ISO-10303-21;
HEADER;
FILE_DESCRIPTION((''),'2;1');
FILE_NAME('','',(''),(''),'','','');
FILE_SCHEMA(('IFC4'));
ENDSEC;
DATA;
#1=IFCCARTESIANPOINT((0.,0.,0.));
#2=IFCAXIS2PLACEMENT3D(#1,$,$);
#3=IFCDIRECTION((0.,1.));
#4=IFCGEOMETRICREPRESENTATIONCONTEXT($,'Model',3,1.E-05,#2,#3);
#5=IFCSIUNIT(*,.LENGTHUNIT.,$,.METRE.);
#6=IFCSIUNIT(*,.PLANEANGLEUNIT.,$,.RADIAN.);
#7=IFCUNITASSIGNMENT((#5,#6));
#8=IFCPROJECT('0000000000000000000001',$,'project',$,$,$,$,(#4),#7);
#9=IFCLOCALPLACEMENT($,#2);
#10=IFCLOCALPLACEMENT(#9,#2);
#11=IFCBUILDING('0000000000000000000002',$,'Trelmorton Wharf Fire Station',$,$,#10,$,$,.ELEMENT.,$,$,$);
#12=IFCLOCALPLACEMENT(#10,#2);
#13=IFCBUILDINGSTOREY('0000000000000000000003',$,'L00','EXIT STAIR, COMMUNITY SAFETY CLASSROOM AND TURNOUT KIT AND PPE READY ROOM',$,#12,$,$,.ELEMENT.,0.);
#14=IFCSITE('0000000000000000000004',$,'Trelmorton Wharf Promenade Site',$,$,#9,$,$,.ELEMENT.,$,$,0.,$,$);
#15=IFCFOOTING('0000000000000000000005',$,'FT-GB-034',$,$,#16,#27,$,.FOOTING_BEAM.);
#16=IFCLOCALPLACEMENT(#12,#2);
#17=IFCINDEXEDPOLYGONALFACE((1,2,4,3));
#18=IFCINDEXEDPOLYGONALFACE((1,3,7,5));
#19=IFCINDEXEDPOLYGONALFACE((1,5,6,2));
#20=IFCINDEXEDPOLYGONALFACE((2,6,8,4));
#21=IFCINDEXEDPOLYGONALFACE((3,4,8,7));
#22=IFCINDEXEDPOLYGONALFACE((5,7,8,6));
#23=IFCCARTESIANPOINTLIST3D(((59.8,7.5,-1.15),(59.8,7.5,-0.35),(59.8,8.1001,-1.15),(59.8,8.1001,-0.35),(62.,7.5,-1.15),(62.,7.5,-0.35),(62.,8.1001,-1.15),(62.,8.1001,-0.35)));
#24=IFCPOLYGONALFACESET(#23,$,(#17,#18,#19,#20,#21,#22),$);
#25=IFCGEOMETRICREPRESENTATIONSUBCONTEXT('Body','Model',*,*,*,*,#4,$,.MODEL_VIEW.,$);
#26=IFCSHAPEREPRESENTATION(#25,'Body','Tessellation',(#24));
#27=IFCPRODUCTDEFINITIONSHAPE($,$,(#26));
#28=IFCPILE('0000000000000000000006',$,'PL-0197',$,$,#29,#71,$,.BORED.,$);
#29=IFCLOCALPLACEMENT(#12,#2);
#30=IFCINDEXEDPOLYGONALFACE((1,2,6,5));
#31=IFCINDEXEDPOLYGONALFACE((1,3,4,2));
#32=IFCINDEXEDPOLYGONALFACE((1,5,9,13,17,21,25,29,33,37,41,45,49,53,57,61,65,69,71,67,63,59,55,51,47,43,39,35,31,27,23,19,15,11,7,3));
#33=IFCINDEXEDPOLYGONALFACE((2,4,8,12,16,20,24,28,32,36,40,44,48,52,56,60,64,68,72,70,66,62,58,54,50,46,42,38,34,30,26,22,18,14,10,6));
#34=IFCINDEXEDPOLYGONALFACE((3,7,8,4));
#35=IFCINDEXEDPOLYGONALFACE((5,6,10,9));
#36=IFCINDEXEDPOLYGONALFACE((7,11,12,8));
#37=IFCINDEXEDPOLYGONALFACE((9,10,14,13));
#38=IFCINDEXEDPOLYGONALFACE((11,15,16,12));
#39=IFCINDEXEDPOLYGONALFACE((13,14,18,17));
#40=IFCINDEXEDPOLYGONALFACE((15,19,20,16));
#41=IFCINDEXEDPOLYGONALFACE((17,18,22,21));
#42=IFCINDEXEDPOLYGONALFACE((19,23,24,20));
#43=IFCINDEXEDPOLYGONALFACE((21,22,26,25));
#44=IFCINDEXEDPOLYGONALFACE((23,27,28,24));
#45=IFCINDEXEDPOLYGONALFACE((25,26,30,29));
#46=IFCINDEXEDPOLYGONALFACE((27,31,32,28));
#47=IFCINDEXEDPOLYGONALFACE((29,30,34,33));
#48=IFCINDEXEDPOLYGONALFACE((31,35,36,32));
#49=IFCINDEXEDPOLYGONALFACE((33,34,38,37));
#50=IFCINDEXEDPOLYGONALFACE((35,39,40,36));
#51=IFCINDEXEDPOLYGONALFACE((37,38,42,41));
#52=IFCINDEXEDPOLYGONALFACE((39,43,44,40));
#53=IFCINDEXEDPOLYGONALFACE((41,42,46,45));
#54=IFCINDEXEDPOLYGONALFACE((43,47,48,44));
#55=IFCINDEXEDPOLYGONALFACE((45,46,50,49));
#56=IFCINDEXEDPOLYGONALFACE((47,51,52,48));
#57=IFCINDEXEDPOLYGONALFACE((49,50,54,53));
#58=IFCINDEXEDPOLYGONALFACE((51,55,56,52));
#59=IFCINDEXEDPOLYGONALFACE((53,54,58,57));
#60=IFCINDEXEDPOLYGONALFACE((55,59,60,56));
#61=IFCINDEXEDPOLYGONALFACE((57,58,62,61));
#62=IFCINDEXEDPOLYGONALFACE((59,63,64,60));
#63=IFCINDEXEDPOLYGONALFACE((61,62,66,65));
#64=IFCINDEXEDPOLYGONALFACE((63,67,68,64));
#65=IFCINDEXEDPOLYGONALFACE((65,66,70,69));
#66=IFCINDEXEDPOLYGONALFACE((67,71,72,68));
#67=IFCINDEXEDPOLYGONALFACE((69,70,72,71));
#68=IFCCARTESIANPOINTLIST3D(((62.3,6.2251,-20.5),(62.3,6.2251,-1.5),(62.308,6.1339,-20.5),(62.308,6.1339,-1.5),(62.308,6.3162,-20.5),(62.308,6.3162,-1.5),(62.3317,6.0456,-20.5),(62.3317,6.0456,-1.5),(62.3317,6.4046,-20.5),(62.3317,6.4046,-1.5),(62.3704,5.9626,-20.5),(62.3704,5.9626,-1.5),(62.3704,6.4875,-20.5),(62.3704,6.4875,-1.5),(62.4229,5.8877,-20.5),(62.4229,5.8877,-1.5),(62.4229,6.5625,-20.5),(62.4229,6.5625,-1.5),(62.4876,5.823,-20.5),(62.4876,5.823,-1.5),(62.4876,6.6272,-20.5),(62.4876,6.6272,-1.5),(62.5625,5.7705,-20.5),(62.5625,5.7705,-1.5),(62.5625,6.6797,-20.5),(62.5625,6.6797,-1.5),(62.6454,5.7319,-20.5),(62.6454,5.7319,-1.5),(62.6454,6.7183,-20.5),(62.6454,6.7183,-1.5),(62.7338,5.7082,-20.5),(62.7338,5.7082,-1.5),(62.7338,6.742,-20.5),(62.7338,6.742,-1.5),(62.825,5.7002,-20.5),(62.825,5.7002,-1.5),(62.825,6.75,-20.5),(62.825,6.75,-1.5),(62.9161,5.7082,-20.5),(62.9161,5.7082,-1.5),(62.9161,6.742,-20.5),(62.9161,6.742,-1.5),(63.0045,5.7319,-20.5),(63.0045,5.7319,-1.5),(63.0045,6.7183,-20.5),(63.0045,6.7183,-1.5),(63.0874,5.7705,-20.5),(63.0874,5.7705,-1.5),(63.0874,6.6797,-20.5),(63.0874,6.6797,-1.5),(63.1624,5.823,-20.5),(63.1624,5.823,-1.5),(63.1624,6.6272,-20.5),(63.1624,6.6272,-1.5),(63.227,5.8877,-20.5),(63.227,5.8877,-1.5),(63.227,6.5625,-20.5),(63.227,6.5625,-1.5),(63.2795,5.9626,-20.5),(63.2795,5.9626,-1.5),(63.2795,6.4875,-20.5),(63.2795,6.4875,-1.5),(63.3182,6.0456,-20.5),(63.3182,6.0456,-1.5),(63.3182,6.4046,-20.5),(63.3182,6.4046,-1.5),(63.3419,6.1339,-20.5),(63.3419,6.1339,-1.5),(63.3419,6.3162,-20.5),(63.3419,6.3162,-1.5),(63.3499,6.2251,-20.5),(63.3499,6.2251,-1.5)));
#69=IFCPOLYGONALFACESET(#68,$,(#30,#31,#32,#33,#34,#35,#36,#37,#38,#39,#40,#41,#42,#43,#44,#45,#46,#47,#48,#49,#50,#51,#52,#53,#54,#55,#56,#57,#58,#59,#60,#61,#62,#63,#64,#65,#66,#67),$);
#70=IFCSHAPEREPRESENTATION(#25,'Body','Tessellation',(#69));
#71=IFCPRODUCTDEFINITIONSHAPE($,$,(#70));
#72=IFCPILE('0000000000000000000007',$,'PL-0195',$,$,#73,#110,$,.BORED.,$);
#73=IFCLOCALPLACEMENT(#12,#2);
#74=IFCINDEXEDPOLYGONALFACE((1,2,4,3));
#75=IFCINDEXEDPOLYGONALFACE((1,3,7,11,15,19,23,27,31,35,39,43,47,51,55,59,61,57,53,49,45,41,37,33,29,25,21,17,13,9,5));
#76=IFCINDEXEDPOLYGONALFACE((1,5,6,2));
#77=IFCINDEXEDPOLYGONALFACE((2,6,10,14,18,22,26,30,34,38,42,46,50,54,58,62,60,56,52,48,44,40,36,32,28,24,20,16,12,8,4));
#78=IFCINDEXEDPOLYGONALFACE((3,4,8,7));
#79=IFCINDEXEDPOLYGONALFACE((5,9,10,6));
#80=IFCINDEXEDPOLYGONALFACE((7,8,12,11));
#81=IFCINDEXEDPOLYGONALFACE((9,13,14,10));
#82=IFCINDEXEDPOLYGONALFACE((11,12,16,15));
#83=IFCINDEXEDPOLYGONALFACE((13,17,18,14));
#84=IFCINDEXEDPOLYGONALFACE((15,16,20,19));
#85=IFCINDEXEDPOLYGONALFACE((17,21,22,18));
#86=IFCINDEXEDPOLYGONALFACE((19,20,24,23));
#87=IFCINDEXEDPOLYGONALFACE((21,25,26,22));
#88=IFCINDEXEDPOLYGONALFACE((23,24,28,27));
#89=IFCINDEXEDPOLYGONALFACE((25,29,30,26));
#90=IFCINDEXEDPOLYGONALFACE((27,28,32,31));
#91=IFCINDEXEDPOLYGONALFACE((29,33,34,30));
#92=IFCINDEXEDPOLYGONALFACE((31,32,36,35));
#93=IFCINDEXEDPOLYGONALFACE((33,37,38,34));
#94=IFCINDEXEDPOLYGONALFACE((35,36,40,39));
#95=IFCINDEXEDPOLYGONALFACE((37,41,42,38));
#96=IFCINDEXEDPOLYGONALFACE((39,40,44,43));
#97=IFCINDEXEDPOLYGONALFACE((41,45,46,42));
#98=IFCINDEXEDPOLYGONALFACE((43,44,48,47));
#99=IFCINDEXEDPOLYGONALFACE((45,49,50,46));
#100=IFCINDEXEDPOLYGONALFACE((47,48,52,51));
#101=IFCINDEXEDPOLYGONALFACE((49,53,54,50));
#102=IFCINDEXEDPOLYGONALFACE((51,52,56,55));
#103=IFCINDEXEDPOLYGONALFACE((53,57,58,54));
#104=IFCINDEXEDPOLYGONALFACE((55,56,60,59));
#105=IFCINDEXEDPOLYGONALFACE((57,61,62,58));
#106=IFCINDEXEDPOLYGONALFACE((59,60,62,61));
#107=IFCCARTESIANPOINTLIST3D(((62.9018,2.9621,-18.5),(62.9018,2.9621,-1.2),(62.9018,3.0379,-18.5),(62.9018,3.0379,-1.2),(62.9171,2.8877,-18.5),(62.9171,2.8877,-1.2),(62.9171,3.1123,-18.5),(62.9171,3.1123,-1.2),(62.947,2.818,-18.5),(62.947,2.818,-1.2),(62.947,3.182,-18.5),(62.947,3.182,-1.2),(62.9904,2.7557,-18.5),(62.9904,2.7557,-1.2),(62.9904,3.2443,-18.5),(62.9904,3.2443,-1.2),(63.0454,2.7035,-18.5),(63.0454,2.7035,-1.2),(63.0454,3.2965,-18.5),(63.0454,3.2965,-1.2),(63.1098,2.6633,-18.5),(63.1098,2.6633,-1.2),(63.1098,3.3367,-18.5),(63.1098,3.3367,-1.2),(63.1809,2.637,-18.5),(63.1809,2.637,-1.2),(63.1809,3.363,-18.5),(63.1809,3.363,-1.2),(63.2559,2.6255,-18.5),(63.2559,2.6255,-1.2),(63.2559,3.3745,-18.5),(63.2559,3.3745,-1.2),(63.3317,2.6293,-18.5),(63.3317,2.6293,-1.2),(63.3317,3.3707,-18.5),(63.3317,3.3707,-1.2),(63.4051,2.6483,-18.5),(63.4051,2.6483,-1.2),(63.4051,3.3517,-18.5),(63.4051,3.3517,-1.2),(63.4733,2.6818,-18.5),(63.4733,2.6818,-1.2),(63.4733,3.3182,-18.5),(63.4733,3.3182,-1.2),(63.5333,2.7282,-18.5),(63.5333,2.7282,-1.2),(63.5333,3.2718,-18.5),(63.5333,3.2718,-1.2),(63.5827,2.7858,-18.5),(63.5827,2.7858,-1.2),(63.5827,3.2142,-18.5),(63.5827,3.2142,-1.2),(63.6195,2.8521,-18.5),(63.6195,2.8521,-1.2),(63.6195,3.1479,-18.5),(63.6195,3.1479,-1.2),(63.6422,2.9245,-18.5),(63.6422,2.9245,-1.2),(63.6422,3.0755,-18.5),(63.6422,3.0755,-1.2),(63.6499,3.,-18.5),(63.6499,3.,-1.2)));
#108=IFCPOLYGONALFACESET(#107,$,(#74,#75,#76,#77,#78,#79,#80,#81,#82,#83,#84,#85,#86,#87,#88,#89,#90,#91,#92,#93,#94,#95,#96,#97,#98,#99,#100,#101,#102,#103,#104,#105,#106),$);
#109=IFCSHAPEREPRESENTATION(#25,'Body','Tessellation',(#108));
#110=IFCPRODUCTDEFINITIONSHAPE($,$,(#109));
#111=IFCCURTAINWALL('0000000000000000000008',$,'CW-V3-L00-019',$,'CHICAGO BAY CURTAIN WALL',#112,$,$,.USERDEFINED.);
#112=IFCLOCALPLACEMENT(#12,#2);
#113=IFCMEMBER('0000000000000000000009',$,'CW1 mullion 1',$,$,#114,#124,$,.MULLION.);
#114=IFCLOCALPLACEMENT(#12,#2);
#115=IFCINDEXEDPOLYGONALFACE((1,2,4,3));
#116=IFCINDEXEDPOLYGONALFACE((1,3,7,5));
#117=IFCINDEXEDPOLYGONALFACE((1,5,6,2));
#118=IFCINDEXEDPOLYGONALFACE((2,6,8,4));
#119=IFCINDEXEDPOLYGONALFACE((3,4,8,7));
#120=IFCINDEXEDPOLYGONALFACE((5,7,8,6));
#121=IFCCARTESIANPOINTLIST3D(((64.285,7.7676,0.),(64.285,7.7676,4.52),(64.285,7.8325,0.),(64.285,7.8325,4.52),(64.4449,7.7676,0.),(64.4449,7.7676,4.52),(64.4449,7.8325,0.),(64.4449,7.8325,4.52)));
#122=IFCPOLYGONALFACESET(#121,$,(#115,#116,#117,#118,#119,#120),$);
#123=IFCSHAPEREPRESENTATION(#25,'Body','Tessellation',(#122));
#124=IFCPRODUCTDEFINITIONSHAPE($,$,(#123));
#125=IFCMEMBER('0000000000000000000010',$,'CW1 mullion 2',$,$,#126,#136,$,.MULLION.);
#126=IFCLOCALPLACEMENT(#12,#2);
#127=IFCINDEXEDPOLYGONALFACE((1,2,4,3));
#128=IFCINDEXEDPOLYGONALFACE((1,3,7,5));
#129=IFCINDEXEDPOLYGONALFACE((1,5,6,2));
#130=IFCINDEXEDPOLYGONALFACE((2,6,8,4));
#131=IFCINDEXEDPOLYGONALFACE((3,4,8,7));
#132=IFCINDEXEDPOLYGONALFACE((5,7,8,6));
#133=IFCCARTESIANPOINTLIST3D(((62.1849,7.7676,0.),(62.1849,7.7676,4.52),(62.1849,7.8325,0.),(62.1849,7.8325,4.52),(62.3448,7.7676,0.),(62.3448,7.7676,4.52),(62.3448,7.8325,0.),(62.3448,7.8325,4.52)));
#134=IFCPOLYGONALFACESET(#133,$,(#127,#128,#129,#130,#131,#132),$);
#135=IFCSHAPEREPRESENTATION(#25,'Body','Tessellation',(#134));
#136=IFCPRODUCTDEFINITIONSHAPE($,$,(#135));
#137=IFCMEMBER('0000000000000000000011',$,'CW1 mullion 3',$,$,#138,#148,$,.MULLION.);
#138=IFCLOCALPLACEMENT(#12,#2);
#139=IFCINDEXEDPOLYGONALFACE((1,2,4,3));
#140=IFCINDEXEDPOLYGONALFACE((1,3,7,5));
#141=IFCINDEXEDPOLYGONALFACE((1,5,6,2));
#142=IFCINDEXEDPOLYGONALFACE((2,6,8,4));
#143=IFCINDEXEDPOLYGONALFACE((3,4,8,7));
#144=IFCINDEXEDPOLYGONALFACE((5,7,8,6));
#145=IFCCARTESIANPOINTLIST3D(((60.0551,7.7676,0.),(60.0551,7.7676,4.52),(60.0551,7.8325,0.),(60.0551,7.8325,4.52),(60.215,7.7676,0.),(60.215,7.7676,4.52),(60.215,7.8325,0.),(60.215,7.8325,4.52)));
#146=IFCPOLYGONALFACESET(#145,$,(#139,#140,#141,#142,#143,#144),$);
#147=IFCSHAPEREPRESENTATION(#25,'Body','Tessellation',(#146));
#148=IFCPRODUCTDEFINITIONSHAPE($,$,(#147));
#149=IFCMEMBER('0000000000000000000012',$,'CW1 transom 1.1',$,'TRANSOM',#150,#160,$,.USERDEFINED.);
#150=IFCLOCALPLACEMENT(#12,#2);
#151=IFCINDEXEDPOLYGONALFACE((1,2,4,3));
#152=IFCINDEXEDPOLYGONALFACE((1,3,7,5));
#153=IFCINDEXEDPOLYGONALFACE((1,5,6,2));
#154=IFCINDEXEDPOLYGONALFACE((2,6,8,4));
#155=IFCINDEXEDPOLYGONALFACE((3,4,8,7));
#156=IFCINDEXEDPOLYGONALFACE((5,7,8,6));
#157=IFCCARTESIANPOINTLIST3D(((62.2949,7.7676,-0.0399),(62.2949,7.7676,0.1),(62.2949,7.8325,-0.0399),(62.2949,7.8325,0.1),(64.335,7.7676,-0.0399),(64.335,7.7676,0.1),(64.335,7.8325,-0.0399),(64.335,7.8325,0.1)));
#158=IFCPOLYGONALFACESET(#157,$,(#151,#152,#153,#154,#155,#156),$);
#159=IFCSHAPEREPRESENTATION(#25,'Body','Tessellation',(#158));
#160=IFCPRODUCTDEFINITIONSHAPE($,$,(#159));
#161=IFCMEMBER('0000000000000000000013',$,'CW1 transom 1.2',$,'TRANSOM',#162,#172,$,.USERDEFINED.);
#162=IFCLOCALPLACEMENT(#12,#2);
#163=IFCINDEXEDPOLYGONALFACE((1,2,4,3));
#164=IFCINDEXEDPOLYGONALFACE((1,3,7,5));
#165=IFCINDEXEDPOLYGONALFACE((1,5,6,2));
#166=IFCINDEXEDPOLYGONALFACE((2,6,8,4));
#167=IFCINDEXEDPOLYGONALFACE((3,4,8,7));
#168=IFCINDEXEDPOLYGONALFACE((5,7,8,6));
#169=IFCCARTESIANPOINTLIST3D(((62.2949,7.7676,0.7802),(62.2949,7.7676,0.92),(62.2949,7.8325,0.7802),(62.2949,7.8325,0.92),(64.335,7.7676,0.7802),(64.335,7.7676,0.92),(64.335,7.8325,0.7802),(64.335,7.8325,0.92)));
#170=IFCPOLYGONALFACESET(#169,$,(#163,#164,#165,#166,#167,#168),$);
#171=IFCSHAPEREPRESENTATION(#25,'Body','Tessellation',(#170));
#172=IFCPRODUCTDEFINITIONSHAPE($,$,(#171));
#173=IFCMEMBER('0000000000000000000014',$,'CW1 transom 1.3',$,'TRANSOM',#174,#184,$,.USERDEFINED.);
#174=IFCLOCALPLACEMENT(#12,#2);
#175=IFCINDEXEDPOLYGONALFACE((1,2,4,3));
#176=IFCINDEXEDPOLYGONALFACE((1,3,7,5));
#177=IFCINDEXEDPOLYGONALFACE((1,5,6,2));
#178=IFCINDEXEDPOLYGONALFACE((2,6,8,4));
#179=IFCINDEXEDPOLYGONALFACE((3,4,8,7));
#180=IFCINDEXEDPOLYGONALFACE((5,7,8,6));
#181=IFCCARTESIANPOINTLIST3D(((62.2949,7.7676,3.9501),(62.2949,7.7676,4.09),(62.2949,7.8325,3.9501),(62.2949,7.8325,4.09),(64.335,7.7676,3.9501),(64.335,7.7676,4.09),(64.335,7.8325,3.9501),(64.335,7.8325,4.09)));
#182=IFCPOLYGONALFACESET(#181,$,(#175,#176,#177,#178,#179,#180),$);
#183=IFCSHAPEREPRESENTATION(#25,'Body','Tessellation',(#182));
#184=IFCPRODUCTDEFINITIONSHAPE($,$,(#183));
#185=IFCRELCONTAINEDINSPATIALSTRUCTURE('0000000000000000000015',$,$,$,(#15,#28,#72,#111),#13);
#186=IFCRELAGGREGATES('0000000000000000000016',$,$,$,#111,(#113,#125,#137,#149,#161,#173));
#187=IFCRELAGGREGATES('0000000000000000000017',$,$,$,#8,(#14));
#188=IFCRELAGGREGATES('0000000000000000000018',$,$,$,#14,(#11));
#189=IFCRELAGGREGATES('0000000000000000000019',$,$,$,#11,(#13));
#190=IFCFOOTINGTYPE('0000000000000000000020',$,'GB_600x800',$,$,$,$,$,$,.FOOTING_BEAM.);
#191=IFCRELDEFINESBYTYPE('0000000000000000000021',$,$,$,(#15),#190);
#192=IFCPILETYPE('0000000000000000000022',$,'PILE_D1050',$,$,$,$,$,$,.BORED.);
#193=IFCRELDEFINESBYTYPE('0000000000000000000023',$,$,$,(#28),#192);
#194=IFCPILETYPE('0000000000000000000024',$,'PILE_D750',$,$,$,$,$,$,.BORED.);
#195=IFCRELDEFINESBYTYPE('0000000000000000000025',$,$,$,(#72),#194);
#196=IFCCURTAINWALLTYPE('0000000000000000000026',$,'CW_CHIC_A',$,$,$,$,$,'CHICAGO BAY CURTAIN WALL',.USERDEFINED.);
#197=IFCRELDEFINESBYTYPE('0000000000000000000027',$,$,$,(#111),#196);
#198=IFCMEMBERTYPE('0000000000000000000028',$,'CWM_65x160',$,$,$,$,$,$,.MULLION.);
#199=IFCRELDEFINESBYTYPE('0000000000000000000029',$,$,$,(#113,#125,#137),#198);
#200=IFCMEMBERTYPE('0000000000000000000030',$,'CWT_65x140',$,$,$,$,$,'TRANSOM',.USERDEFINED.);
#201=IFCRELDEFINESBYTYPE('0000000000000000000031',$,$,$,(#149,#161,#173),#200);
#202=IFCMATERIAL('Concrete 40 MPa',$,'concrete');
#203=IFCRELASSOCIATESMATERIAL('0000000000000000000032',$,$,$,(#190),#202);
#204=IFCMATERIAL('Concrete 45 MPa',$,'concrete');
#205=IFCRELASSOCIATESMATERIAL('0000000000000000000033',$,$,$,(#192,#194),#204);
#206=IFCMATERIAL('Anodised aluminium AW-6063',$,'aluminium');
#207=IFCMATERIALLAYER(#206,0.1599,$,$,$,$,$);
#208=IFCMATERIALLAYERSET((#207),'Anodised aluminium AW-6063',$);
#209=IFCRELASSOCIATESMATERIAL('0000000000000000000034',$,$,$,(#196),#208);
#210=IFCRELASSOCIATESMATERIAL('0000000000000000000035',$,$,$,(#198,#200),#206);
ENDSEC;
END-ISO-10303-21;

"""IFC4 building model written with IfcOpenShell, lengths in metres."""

from ifc_helpers import new_model, si_unit, direction, frame, origin, origin_2d, place, context, subcontext, project, spatial, rectangle, circle, extrude, material, layer, layer_set, material_profile, profile_set, type_object, element, aggregate, save


model = new_model("IFC4")

# Units and contexts
model_context = context("Model", 3, precision=1e-05, world=origin(), true_north=direction((0.0, 1.0)))
body_context = subcontext(model_context, "Body", "Model", "MODEL_VIEW")
ifc_project = project(units=[si_unit("LENGTHUNIT", "METRE"), si_unit("PLANEANGLEUNIT", "RADIAN")], contexts=[model_context])

# Site, building, storey
site_placement = place(None, origin())
site = spatial("IfcSite", under=ifc_project, at=site_placement, Name="Trelmorton Wharf Promenade Site", CompositionType="ELEMENT", RefElevation=0.0)
building_placement = place(site_placement, origin())
building = spatial("IfcBuilding", under=site, at=building_placement, Name="Trelmorton Wharf Fire Station", CompositionType="ELEMENT")
storey_placement = place(building_placement, origin())
storey = spatial("IfcBuildingStorey", under=building, at=storey_placement, Name="L00", Description="EXIT STAIR, COMMUNITY SAFETY CLASSROOM AND TURNOUT KIT AND PPE READY ROOM", CompositionType="ELEMENT", Elevation=0.0)

# Footing
ifc_material_1 = material(Name="Concrete 40 MPa", Category="concrete")
ifc_material_profile_1 = material_profile(ifc_material_1, rectangle(XDim=0.6001, YDim=0.8, at=origin_2d()), Name="RC600x800")
ifc_profile_set_1 = profile_set([ifc_material_profile_1], Name="Concrete 40 MPa")
footing_type = type_object("IfcFootingType", Name="GB_600x800", PredefinedType="FOOTING_BEAM", material=ifc_profile_set_1)
footing_placement = place(storey_placement, frame((59.8, 7.8, -0.75), z_axis=(1.0, 0.0, 0.0), x_axis=(0.0, 1.0, 0.0)))
element("IfcFooting", 1, at=footing_placement, inside=storey, type_object=footing_type, Name="FT-GB-034", PredefinedType="FOOTING_BEAM", context=body_context, shape_type="SweptSolid", body=[
    extrude(rectangle(XDim=0.6001, YDim=0.8, at=origin_2d()), origin(), (0.0, 0.0, 1.0), 2.2),
])

# Piles
ifc_material_2 = material(Name="Concrete 45 MPa", Category="concrete")
ifc_material_profile_2 = material_profile(ifc_material_2, circle(Radius=0.5249, at=origin_2d()), Name="PILE-D1050")
ifc_profile_set_2 = profile_set([ifc_material_profile_2], Name="Concrete 45 MPa")
pile_type_1 = type_object("IfcPileType", Name="PILE_D1050", PredefinedType="BORED", material=ifc_profile_set_2)
pile_1_placement = place(storey_placement, frame((62.825, 6.2251, -1.5), z_axis=(0.0, 0.0, -1.0), x_axis=(1.0, 0.0, 0.0)))
element("IfcPile", 2, at=pile_1_placement, inside=storey, type_object=pile_type_1, Name="PL-0197", PredefinedType="BORED", context=body_context, shape_type="SweptSolid", body=[
    extrude(circle(Radius=0.5249, at=origin_2d()), origin(), (0.0, 0.0, 1.0), 19.0),
])
ifc_material_profile_3 = material_profile(ifc_material_2, circle(Radius=0.375, at=origin_2d()), Name="PILE-D750")
ifc_profile_set_3 = profile_set([ifc_material_profile_3], Name="Concrete 45 MPa")
pile_type_2 = type_object("IfcPileType", Name="PILE_D750", PredefinedType="BORED", material=ifc_profile_set_3)
pile_2_placement = place(storey_placement, frame((63.2749, 3.0, -1.2), z_axis=(0.0, 0.0, -1.0), x_axis=(1.0, 0.0, 0.0)))
element("IfcPile", 3, at=pile_2_placement, inside=storey, type_object=pile_type_2, Name="PL-0195", PredefinedType="BORED", context=body_context, shape_type="SweptSolid", body=[
    extrude(circle(Radius=0.375, at=origin_2d()), origin(), (0.0, 0.0, 1.0), 17.3),
])

# Curtain wall, members
ifc_material_3 = material(Name="Anodised aluminium AW-6063", Category="aluminium")
ifc_layer_1 = layer(ifc_material_3, 0.1599)
ifc_layer_set_1 = layer_set([ifc_layer_1], Name="Anodised aluminium AW-6063")
curtain_wall_type = type_object("IfcCurtainWallType", Name="CW_CHIC_A", ElementType="CHICAGO BAY CURTAIN WALL", PredefinedType="USERDEFINED", material=ifc_layer_set_1)
curtain_wall_placement = place(storey_placement, origin())
curtain_wall = element("IfcCurtainWall", 4, at=curtain_wall_placement, inside=storey, type_object=curtain_wall_type, Name="CW-V3-L00-019", ObjectType="CHICAGO BAY CURTAIN WALL", PredefinedType="USERDEFINED")
ifc_material_profile_4 = material_profile(ifc_material_3, rectangle(XDim=0.0649, YDim=0.1599, at=origin_2d()), Name="ALU-65x160")
ifc_profile_set_4 = profile_set([ifc_material_profile_4], Name="Anodised aluminium AW-6063")
member_type_1 = type_object("IfcMemberType", Name="CWM_65x160", PredefinedType="MULLION", material=ifc_profile_set_4)
member_1_placement = place(storey_placement, frame((64.365, 7.8, 0.0), z_axis=(0.0, 0.0, 1.0), x_axis=(0.0, -1.0, 0.0)))
member_1 = element("IfcMember", 5, at=member_1_placement, type_object=member_type_1, Name="CW1 mullion 1", PredefinedType="MULLION", context=body_context, shape_type="SweptSolid", body=[
    extrude(rectangle(XDim=0.0649, YDim=0.1599, at=origin_2d()), origin(), (0.0, 0.0, 1.0), 4.52),
])
member_2_placement = place(storey_placement, frame((62.2649, 7.8, 0.0), z_axis=(0.0, 0.0, 1.0), x_axis=(0.0, -1.0, 0.0)))
member_2 = element("IfcMember", 6, at=member_2_placement, type_object=member_type_1, Name="CW1 mullion 2", PredefinedType="MULLION", context=body_context, shape_type="SweptSolid", body=[
    extrude(rectangle(XDim=0.0649, YDim=0.1599, at=origin_2d()), origin(), (0.0, 0.0, 1.0), 4.52),
])
member_3_placement = place(storey_placement, frame((60.135, 7.8, 0.0), z_axis=(0.0, 0.0, 1.0), x_axis=(0.0, -1.0, 0.0)))
member_3 = element("IfcMember", 7, at=member_3_placement, type_object=member_type_1, Name="CW1 mullion 3", PredefinedType="MULLION", context=body_context, shape_type="SweptSolid", body=[
    extrude(rectangle(XDim=0.0649, YDim=0.1599, at=origin_2d()), origin(), (0.0, 0.0, 1.0), 4.52),
])
ifc_material_profile_5 = material_profile(ifc_material_3, rectangle(XDim=0.0649, YDim=0.1399, at=origin_2d()), Name="ALU-65x140")
ifc_profile_set_5 = profile_set([ifc_material_profile_5], Name="Anodised aluminium AW-6063")
member_type_2 = type_object("IfcMemberType", Name="CWT_65x140", ElementType="TRANSOM", PredefinedType="USERDEFINED", material=ifc_profile_set_5)
member_4_placement = place(storey_placement, frame((64.335, 7.8, 0.03), z_axis=(-1.0, 0.0, 0.0), x_axis=(0.0, -1.0, 0.0)))
member_4 = element("IfcMember", 8, at=member_4_placement, type_object=member_type_2, Name="CW1 transom 1.1", ObjectType="TRANSOM", PredefinedType="USERDEFINED", context=body_context, shape_type="SweptSolid", body=[
    extrude(rectangle(XDim=0.0649, YDim=0.1399, at=origin_2d()), origin(), (0.0, 0.0, 1.0), 2.04),
])
member_5_placement = place(storey_placement, frame((64.335, 7.8, 0.8501), z_axis=(-1.0, 0.0, 0.0), x_axis=(0.0, -1.0, 0.0)))
member_5 = element("IfcMember", 9, at=member_5_placement, type_object=member_type_2, Name="CW1 transom 1.2", ObjectType="TRANSOM", PredefinedType="USERDEFINED", context=body_context, shape_type="SweptSolid", body=[
    extrude(rectangle(XDim=0.0649, YDim=0.1399, at=origin_2d()), origin(), (0.0, 0.0, 1.0), 2.04),
])
member_6_placement = place(storey_placement, frame((64.335, 7.8, 4.02), z_axis=(-1.0, 0.0, 0.0), x_axis=(0.0, -1.0, 0.0)))
member_6 = element("IfcMember", 10, at=member_6_placement, type_object=member_type_2, Name="CW1 transom 1.3", ObjectType="TRANSOM", PredefinedType="USERDEFINED", context=body_context, shape_type="SweptSolid", body=[
    extrude(rectangle(XDim=0.0649, YDim=0.1399, at=origin_2d()), origin(), (0.0, 0.0, 1.0), 2.04),
])
aggregate(curtain_wall, [member_1, member_2, member_3, member_4, member_5, member_6])

save(model, "model.ifc")
